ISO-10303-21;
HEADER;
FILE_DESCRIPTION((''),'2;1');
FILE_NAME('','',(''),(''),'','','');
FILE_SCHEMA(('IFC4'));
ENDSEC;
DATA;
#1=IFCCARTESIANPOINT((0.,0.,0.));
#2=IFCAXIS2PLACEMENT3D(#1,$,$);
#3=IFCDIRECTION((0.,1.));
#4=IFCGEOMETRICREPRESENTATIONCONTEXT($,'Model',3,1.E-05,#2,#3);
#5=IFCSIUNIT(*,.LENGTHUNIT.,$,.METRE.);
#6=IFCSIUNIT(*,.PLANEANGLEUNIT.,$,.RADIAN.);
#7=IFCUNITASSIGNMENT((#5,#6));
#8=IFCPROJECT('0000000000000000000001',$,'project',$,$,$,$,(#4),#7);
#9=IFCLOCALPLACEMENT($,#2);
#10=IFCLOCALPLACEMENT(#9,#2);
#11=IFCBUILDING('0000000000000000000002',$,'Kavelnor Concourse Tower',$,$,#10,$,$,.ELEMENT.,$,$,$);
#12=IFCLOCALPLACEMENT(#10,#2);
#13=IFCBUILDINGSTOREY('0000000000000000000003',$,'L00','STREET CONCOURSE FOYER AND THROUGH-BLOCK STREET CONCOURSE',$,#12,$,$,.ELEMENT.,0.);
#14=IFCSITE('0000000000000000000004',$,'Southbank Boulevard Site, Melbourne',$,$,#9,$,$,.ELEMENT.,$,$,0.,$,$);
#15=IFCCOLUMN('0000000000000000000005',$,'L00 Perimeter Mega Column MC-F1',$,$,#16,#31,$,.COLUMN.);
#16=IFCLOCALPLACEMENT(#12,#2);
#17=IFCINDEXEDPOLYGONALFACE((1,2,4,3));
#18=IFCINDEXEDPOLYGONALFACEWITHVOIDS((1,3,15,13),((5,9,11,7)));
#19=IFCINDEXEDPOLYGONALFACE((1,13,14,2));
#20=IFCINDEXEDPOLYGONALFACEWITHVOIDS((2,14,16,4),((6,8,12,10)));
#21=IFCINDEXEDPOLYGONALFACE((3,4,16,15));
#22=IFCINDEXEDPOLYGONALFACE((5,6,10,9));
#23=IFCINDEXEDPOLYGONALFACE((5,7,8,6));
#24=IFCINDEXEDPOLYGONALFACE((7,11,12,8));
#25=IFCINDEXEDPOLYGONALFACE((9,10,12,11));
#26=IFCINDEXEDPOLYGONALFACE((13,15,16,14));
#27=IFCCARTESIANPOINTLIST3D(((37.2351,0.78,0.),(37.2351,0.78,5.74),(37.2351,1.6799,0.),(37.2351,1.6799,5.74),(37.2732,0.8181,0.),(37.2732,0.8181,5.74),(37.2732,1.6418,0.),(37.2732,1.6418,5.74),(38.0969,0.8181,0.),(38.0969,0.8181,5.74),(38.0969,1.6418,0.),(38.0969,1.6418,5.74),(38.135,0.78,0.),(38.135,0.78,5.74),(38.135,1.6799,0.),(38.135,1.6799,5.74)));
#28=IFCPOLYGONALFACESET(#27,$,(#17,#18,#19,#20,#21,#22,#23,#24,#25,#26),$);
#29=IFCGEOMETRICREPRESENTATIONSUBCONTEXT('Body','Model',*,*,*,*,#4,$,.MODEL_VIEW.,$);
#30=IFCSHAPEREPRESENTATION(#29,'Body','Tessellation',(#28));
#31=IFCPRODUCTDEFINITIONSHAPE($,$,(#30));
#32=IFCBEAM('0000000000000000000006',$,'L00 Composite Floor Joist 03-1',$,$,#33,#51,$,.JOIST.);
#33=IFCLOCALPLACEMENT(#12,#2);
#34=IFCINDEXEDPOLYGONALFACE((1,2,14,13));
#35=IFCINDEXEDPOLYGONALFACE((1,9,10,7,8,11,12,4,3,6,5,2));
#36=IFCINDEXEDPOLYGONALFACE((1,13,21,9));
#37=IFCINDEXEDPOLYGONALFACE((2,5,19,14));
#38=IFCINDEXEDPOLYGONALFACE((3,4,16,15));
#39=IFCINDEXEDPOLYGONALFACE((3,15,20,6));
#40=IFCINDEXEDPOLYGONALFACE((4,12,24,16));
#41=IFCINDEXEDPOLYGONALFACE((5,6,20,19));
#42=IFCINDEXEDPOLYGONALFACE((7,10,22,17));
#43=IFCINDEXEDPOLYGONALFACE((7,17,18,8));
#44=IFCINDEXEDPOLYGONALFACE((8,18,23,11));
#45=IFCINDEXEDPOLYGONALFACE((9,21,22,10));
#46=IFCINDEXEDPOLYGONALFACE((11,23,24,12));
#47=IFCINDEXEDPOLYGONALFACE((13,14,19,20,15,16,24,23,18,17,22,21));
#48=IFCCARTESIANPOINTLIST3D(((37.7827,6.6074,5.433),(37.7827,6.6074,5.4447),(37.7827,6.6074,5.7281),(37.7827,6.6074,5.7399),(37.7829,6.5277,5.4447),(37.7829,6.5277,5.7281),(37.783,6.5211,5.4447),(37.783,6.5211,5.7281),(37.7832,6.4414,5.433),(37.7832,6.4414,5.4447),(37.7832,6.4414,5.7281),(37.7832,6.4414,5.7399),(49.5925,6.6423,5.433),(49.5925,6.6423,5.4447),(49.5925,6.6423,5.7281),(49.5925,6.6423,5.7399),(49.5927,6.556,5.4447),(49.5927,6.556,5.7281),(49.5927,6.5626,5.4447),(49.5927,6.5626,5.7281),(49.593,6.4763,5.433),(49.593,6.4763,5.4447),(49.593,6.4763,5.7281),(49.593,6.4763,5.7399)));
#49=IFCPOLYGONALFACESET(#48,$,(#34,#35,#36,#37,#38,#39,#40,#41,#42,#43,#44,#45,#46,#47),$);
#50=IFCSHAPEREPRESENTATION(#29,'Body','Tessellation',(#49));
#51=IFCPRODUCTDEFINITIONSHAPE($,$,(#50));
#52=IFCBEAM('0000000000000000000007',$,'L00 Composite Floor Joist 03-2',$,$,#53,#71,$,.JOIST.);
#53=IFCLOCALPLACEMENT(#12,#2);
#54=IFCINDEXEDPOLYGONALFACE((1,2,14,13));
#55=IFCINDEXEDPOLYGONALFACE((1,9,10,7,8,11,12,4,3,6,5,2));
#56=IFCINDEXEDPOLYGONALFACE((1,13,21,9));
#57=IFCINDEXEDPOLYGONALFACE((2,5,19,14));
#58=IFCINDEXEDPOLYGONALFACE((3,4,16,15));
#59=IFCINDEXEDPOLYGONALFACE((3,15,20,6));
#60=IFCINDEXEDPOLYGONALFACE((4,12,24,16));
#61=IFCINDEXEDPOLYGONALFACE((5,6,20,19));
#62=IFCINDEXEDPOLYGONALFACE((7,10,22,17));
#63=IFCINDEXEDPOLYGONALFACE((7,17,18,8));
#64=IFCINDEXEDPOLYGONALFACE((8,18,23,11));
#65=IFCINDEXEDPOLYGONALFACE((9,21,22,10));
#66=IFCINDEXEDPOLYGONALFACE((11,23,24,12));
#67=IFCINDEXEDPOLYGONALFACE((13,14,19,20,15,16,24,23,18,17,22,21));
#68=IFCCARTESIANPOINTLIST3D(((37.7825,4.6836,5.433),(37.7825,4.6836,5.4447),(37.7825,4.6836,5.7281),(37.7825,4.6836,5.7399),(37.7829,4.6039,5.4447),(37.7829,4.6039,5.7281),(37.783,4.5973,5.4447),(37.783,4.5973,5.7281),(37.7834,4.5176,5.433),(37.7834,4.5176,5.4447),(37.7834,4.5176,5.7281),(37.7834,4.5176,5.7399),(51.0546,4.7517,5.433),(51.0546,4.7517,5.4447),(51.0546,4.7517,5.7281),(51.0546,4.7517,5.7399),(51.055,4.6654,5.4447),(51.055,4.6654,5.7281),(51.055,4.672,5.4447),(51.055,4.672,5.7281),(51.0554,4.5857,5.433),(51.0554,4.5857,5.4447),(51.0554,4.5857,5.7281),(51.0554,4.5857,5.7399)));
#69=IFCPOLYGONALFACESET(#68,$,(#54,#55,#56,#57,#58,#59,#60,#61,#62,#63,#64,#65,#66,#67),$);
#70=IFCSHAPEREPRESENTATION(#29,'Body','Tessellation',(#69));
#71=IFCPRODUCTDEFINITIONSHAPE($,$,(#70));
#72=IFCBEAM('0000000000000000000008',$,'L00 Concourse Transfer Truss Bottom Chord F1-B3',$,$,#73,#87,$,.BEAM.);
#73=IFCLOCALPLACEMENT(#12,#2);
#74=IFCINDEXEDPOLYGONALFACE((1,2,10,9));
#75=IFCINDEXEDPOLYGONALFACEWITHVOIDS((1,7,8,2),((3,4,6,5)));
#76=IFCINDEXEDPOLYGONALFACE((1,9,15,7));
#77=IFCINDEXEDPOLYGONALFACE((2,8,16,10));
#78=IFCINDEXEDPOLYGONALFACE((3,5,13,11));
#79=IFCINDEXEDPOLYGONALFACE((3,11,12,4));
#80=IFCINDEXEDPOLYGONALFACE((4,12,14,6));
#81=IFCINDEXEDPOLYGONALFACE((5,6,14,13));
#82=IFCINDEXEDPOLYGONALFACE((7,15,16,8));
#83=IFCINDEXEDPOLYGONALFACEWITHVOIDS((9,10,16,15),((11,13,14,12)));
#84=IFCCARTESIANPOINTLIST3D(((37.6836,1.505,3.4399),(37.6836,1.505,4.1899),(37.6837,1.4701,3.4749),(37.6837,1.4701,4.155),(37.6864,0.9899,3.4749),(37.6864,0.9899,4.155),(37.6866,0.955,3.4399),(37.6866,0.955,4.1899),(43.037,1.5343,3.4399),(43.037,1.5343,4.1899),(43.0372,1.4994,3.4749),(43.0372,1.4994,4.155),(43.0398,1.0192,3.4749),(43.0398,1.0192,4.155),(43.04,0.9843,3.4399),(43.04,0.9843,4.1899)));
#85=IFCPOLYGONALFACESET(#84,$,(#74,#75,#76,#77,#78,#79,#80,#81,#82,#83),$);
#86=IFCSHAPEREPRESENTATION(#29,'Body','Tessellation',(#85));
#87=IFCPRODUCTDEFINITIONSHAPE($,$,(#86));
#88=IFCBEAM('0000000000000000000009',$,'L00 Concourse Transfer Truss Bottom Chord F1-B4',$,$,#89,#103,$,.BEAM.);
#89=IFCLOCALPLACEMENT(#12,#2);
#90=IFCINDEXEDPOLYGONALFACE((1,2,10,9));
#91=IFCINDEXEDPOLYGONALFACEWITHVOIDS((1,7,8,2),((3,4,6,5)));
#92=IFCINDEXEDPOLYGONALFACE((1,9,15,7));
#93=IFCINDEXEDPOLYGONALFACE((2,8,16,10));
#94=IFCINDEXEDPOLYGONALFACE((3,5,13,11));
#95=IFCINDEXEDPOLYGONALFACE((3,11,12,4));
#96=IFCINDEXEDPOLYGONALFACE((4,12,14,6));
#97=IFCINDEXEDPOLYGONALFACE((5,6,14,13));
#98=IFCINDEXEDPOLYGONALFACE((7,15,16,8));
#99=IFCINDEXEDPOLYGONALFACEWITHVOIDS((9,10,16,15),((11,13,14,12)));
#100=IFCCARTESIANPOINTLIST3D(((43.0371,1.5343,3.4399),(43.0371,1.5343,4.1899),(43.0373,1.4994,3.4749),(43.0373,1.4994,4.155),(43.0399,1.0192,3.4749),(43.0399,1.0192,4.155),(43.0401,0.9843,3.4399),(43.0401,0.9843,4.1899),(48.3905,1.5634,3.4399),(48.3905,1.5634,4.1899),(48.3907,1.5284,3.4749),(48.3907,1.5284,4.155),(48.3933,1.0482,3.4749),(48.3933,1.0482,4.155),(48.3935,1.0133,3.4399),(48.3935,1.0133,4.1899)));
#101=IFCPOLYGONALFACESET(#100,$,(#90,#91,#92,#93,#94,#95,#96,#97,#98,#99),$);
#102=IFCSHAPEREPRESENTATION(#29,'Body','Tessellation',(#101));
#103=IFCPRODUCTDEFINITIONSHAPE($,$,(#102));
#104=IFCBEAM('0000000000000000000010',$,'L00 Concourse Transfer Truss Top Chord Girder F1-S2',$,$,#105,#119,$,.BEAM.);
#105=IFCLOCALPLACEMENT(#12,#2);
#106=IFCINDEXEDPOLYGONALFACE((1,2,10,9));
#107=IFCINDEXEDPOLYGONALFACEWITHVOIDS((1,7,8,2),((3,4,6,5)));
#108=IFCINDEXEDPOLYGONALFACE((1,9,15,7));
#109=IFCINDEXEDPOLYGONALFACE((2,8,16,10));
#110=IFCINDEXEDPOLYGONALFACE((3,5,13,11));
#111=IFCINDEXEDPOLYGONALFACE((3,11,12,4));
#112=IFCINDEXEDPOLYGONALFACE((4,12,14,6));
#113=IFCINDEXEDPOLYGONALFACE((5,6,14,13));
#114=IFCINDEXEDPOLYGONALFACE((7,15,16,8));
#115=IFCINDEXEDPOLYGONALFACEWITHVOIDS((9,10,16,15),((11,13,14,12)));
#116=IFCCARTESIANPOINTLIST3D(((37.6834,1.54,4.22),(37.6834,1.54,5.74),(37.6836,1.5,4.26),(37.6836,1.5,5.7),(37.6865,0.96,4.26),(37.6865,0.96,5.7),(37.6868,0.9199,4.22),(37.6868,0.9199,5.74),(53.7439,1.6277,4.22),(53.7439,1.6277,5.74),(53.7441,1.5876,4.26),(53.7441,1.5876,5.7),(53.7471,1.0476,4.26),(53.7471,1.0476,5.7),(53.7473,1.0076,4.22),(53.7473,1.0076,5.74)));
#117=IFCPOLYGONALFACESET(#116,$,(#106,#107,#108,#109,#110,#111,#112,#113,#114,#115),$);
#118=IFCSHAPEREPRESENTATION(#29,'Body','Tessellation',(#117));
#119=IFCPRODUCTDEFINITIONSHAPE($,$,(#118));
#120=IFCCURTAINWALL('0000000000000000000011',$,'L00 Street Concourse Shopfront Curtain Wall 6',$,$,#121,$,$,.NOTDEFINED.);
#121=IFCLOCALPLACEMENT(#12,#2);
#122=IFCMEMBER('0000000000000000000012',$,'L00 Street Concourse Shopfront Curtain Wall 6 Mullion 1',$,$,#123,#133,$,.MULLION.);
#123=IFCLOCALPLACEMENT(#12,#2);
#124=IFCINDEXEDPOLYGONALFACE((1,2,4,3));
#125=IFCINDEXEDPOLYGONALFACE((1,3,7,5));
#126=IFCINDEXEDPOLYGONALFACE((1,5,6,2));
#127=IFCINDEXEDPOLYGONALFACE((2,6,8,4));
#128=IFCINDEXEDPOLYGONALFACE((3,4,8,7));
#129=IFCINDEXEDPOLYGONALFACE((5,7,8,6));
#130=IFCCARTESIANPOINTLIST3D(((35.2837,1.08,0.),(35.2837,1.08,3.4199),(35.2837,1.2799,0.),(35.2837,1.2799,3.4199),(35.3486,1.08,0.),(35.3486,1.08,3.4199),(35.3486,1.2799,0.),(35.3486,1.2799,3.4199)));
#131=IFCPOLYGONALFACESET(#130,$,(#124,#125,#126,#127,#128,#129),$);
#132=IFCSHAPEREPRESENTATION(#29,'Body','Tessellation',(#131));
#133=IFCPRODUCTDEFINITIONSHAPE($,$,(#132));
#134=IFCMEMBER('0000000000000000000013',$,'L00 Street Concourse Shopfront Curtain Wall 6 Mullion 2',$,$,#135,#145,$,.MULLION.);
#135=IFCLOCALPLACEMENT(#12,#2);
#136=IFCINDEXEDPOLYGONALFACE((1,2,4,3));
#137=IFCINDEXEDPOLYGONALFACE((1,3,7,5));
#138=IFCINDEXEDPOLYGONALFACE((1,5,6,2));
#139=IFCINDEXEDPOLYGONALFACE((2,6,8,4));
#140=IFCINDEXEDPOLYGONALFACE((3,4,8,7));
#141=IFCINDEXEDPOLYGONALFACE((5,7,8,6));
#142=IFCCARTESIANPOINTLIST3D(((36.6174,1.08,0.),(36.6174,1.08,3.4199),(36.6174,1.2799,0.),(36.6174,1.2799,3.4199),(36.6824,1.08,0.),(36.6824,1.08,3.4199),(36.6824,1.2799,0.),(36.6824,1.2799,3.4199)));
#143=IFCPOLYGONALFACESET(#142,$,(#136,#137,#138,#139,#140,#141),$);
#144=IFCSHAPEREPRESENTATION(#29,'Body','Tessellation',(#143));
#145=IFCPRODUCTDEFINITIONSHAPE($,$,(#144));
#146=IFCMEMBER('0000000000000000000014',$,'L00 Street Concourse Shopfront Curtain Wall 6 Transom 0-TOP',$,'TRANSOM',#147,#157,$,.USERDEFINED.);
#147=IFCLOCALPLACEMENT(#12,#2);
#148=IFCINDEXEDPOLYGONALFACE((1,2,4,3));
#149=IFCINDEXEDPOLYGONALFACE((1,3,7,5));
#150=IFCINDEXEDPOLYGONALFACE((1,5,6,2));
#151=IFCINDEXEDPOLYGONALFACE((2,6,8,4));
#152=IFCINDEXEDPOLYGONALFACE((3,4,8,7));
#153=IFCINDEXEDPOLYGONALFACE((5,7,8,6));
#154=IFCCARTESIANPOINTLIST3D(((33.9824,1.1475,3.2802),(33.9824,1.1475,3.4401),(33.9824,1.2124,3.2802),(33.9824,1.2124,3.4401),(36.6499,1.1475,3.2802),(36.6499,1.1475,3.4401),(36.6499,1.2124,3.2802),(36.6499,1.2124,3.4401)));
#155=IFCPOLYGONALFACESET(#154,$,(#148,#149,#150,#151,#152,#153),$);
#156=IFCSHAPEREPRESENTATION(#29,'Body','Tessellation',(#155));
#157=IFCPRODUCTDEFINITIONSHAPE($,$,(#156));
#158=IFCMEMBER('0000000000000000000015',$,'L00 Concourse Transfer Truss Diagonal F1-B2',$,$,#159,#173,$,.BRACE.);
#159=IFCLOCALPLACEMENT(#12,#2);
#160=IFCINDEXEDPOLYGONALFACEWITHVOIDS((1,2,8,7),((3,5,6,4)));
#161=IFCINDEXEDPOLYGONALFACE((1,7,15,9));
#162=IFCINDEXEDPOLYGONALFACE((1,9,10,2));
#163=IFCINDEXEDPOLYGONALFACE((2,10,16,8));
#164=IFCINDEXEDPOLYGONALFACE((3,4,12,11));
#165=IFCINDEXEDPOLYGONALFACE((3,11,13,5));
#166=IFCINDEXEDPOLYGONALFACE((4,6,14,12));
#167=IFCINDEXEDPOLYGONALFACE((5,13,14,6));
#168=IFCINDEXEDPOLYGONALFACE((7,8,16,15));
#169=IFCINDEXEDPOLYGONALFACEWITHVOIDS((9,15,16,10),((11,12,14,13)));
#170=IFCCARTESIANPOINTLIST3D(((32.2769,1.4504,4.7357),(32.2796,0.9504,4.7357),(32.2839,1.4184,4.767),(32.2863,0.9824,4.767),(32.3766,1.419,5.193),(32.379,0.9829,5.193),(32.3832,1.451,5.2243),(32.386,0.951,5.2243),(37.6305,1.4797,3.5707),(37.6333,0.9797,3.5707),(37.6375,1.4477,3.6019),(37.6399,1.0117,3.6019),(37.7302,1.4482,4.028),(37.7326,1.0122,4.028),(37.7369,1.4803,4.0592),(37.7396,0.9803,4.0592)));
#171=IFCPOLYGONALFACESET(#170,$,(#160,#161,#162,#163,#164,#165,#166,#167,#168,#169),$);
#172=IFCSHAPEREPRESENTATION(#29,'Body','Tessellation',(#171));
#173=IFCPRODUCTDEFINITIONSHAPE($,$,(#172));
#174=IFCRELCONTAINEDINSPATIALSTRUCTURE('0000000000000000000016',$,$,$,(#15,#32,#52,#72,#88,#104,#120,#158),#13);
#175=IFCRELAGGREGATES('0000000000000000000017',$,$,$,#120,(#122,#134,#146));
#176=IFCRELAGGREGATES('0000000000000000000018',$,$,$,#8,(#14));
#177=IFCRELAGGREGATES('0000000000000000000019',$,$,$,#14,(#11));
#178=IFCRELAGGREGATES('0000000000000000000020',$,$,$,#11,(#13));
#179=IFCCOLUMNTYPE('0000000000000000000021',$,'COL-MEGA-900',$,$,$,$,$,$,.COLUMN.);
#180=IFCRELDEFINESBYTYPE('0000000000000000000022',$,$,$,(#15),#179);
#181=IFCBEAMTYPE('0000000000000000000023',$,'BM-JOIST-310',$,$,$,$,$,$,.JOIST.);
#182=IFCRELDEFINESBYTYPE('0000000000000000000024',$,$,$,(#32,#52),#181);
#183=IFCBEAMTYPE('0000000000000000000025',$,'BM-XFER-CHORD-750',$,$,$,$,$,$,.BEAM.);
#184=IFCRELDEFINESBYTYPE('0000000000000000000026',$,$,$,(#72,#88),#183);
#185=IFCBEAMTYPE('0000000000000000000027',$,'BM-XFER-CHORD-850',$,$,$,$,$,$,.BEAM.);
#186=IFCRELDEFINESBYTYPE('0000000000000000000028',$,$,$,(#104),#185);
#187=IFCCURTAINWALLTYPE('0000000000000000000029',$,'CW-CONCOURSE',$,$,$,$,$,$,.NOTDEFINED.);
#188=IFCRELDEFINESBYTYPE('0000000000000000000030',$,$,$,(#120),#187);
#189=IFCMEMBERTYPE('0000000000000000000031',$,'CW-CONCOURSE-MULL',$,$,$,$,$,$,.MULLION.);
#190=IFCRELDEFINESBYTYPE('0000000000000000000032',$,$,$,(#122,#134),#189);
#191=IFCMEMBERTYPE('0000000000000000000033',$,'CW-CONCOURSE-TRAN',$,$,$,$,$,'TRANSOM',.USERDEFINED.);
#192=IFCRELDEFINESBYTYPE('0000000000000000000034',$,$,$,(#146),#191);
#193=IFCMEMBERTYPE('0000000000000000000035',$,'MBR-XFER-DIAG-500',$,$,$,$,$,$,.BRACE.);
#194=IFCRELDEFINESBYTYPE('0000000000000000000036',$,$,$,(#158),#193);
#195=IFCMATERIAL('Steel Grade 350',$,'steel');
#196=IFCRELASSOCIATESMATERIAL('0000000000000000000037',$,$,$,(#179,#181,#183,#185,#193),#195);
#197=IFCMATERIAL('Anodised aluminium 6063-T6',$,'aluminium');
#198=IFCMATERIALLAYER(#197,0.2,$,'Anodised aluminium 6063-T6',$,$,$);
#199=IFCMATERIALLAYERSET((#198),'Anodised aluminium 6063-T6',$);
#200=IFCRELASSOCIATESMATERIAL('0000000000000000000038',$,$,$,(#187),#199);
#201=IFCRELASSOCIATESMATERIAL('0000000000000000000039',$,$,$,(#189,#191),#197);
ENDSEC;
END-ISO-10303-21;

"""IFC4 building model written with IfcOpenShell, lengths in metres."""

from ifc_helpers import new_model, si_unit, direction, frame, origin, origin_2d, place, context, subcontext, project, spatial, rectangle, hollow_rectangle, i_section, extrude, material, layer, layer_set, material_profile, profile_set, type_object, element, aggregate, save


model = new_model("IFC4")

# Units and contexts
model_context = context("Model", 3, precision=1e-05, world=origin(), true_north=direction((0.0, 1.0)))
body_context = subcontext(model_context, "Body", "Model", "MODEL_VIEW")
ifc_project = project(units=[si_unit("LENGTHUNIT", "METRE"), si_unit("PLANEANGLEUNIT", "RADIAN")], contexts=[model_context])

# Site, building, storey
site_placement = place(None, origin())
site = spatial("IfcSite", under=ifc_project, at=site_placement, Name="Southbank Boulevard Site, Melbourne", CompositionType="ELEMENT", RefElevation=0.0)
building_placement = place(site_placement, origin())
building = spatial("IfcBuilding", under=site, at=building_placement, Name="Kavelnor Concourse Tower", CompositionType="ELEMENT")
storey_placement = place(building_placement, origin())
storey = spatial("IfcBuildingStorey", under=building, at=storey_placement, Name="L00", Description="STREET CONCOURSE FOYER AND THROUGH-BLOCK STREET CONCOURSE", CompositionType="ELEMENT", Elevation=0.0)

# Column
ifc_material_1 = material(Name="Steel Grade 350", Category="steel")
ifc_material_profile_1 = material_profile(ifc_material_1, hollow_rectangle(XDim=0.8999, YDim=0.8999, WallThickness=0.0381, at=origin_2d()), Name="SHS 900x900x38")
ifc_profile_set_1 = profile_set([ifc_material_profile_1], Name="Steel Grade 350")
column_type = type_object("IfcColumnType", Name="COL-MEGA-900", PredefinedType="COLUMN", material=ifc_profile_set_1)
column_placement = place(storey_placement, frame((37.6851, 1.23, 0.0), z_axis=(0.0, 0.0, 1.0), x_axis=(1.0, 0.0, 0.0)))
element("IfcColumn", 1, at=column_placement, inside=storey, type_object=column_type, Name="L00 Perimeter Mega Column MC-F1", PredefinedType="COLUMN", context=body_context, shape_type="SweptSolid", body=[
    extrude(hollow_rectangle(XDim=0.8999, YDim=0.8999, WallThickness=0.0381, at=origin_2d()), origin(), (0.0, 0.0, 1.0), 5.74),
])

# Beams
ifc_material_profile_2 = material_profile(ifc_material_1, i_section(OverallWidth=0.166, OverallDepth=0.3069, WebThickness=0.0066, FlangeThickness=0.0117, at=origin_2d()), Name="310UB46")
ifc_profile_set_2 = profile_set([ifc_material_profile_2], Name="Steel Grade 350")
beam_type_1 = type_object("IfcBeamType", Name="BM-JOIST-310", PredefinedType="JOIST", material=ifc_profile_set_2)
beam_1_placement = place(storey_placement, frame((37.783, 6.5244, 5.5864), z_axis=(0.999996, 0.002956, 0.0), x_axis=(-0.002956, 0.999996, 0.0)))
element("IfcBeam", 2, at=beam_1_placement, inside=storey, type_object=beam_type_1, Name="L00 Composite Floor Joist 03-1", PredefinedType="JOIST", context=body_context, shape_type="SweptSolid", body=[
    extrude(i_section(OverallWidth=0.166, OverallDepth=0.3069, WebThickness=0.0066, FlangeThickness=0.0117, at=origin_2d()), origin(), (0.0, 0.0, 1.0), 11.8098),
])
beam_2_placement = place(storey_placement, frame((37.783, 4.6006, 5.5864), z_axis=(0.999987, 0.005132, 0.0), x_axis=(-0.005132, 0.999987, 0.0)))
element("IfcBeam", 3, at=beam_2_placement, inside=storey, type_object=beam_type_1, Name="L00 Composite Floor Joist 03-2", PredefinedType="JOIST", context=body_context, shape_type="SweptSolid", body=[
    extrude(i_section(OverallWidth=0.166, OverallDepth=0.3069, WebThickness=0.0066, FlangeThickness=0.0117, at=origin_2d()), origin(), (0.0, 0.0, 1.0), 13.2722),
])
ifc_material_profile_3 = material_profile(ifc_material_1, hollow_rectangle(XDim=0.55, YDim=0.75, WallThickness=0.0349, at=origin_2d()), Name="RHS 750x550x35")
ifc_profile_set_3 = profile_set([ifc_material_profile_3], Name="Steel Grade 350")
beam_type_2 = type_object("IfcBeamType", Name="BM-XFER-CHORD-750", PredefinedType="BEAM", material=ifc_profile_set_3)
for number, where, z_axis, x_axis, name in (
    (4, (37.6851, 1.23, 3.8149), (0.999985, 0.005472, 0.0), (-0.005472, 0.999985, 0.0), "L00 Concourse Transfer Truss Bottom Chord F1-B3"),
    (5, (43.0386, 1.2593, 3.8149), (0.999985, 0.005427, 0.0), (-0.005427, 0.999985, 0.0), "L00 Concourse Transfer Truss Bottom Chord F1-B4"),
):
    element("IfcBeam", number, at=place(storey_placement, frame(where, z_axis=z_axis, x_axis=x_axis)), inside=storey, type_object=beam_type_2, Name=name, PredefinedType="BEAM", context=body_context, shape_type="SweptSolid", body=[
        extrude(hollow_rectangle(XDim=0.55, YDim=0.75, WallThickness=0.0349, at=origin_2d()), origin(), (0.0, 0.0, 1.0), 5.3535),
    ])
ifc_material_profile_4 = material_profile(ifc_material_1, hollow_rectangle(XDim=0.6201, YDim=1.52, WallThickness=0.04, at=origin_2d()), Name="RHS 1520x620x40")
ifc_profile_set_4 = profile_set([ifc_material_profile_4], Name="Steel Grade 350")
beam_type_3 = type_object("IfcBeamType", Name="BM-XFER-CHORD-850", PredefinedType="BEAM", material=ifc_profile_set_4)
beam_3_placement = place(storey_placement, frame((37.6851, 1.23, 4.98), z_axis=(0.999985, 0.005457, 0.0), x_axis=(-0.005457, 0.999985, 0.0)))
element("IfcBeam", 6, at=beam_3_placement, inside=storey, type_object=beam_type_3, Name="L00 Concourse Transfer Truss Top Chord Girder F1-S2", PredefinedType="BEAM", context=body_context, shape_type="SweptSolid", body=[
    extrude(hollow_rectangle(XDim=0.6201, YDim=1.52, WallThickness=0.04, at=origin_2d()), origin(), (0.0, 0.0, 1.0), 16.0608),
])

# Curtain wall, members
ifc_material_2 = material(Name="Anodised aluminium 6063-T6", Category="aluminium")
ifc_layer_1 = layer(ifc_material_2, 0.2, Name="Anodised aluminium 6063-T6")
ifc_layer_set_1 = layer_set([ifc_layer_1], Name="Anodised aluminium 6063-T6")
curtain_wall_type = type_object("IfcCurtainWallType", Name="CW-CONCOURSE", PredefinedType="NOTDEFINED", material=ifc_layer_set_1)
curtain_wall_placement = place(storey_placement, origin())
curtain_wall = element("IfcCurtainWall", 7, at=curtain_wall_placement, inside=storey, type_object=curtain_wall_type, Name="L00 Street Concourse Shopfront Curtain Wall 6", PredefinedType="NOTDEFINED")
ifc_material_profile_5 = material_profile(ifc_material_2, rectangle(XDim=0.0649, YDim=0.2, at=origin_2d()), Name="AL-MULL 65x200")
ifc_profile_set_5 = profile_set([ifc_material_profile_5], Name="Anodised aluminium 6063-T6")
member_type_1 = type_object("IfcMemberType", Name="CW-CONCOURSE-MULL", PredefinedType="MULLION", material=ifc_profile_set_5)
member_1_placement = place(storey_placement, frame((35.3162, 1.1799, 0.0), z_axis=(0.0, 0.0, 1.0), x_axis=(1.0, 0.0, 0.0)))
member_1 = element("IfcMember", 8, at=member_1_placement, type_object=member_type_1, Name="L00 Street Concourse Shopfront Curtain Wall 6 Mullion 1", PredefinedType="MULLION", context=body_context, shape_type="SweptSolid", body=[
    extrude(rectangle(XDim=0.0649, YDim=0.2, at=origin_2d()), origin(), (0.0, 0.0, 1.0), 3.4199),
])
member_2_placement = place(storey_placement, frame((36.6499, 1.1799, 0.0), z_axis=(0.0, 0.0, 1.0), x_axis=(1.0, 0.0, 0.0)))
member_2 = element("IfcMember", 9, at=member_2_placement, type_object=member_type_1, Name="L00 Street Concourse Shopfront Curtain Wall 6 Mullion 2", PredefinedType="MULLION", context=body_context, shape_type="SweptSolid", body=[
    extrude(rectangle(XDim=0.0649, YDim=0.2, at=origin_2d()), origin(), (0.0, 0.0, 1.0), 3.4199),
])
ifc_material_profile_6 = material_profile(ifc_material_2, rectangle(XDim=0.0649, YDim=0.1599, at=origin_2d()), Name="AL-TRAN 65x160")
ifc_profile_set_6 = profile_set([ifc_material_profile_6], Name="Anodised aluminium 6063-T6")
member_type_2 = type_object("IfcMemberType", Name="CW-CONCOURSE-TRAN", ElementType="TRANSOM", PredefinedType="USERDEFINED", material=ifc_profile_set_6)
member_3_placement = place(storey_placement, frame((33.9824, 1.1799, 3.3601), z_axis=(1.0, 0.0, 0.0), x_axis=(0.0, 1.0, 0.0)))
member_3 = element("IfcMember", 10, at=member_3_placement, type_object=member_type_2, Name="L00 Street Concourse Shopfront Curtain Wall 6 Transom 0-TOP", ObjectType="TRANSOM", PredefinedType="USERDEFINED", context=body_context, shape_type="SweptSolid", body=[
    extrude(rectangle(XDim=0.0649, YDim=0.1599, at=origin_2d()), origin(), (0.0, 0.0, 1.0), 2.6675),
])

# Member
ifc_material_profile_7 = material_profile(ifc_material_1, hollow_rectangle(XDim=0.5, YDim=0.5, WallThickness=0.032, at=origin_2d()), Name="SHS 500x500x32")
ifc_profile_set_7 = profile_set([ifc_material_profile_7], Name="Steel Grade 350")
member_type_3 = type_object("IfcMemberType", Name="MBR-XFER-DIAG-500", PredefinedType="BRACE", material=ifc_profile_set_7)
for number, where, z_axis, x_axis, name in (
    (11, (37.6851, 1.23, 3.8149), (-0.977116, -0.005347, 0.212641), (0.005472, -0.999985, 0.0), "L00 Concourse Transfer Truss Diagonal F1-B2"),
):
    element("IfcMember", number, at=place(storey_placement, frame(where, z_axis=z_axis, x_axis=x_axis)), inside=storey, type_object=member_type_3, Name=name, PredefinedType="BRACE", context=body_context, shape_type="SweptSolid", body=[
        extrude(hollow_rectangle(XDim=0.5, YDim=0.5, WallThickness=0.032, at=origin_2d()), origin(), (0.0, 0.0, 1.0), 5.479),
    ])

aggregate(curtain_wall, [member_1, member_2, member_3])

save(model, "model.ifc")
